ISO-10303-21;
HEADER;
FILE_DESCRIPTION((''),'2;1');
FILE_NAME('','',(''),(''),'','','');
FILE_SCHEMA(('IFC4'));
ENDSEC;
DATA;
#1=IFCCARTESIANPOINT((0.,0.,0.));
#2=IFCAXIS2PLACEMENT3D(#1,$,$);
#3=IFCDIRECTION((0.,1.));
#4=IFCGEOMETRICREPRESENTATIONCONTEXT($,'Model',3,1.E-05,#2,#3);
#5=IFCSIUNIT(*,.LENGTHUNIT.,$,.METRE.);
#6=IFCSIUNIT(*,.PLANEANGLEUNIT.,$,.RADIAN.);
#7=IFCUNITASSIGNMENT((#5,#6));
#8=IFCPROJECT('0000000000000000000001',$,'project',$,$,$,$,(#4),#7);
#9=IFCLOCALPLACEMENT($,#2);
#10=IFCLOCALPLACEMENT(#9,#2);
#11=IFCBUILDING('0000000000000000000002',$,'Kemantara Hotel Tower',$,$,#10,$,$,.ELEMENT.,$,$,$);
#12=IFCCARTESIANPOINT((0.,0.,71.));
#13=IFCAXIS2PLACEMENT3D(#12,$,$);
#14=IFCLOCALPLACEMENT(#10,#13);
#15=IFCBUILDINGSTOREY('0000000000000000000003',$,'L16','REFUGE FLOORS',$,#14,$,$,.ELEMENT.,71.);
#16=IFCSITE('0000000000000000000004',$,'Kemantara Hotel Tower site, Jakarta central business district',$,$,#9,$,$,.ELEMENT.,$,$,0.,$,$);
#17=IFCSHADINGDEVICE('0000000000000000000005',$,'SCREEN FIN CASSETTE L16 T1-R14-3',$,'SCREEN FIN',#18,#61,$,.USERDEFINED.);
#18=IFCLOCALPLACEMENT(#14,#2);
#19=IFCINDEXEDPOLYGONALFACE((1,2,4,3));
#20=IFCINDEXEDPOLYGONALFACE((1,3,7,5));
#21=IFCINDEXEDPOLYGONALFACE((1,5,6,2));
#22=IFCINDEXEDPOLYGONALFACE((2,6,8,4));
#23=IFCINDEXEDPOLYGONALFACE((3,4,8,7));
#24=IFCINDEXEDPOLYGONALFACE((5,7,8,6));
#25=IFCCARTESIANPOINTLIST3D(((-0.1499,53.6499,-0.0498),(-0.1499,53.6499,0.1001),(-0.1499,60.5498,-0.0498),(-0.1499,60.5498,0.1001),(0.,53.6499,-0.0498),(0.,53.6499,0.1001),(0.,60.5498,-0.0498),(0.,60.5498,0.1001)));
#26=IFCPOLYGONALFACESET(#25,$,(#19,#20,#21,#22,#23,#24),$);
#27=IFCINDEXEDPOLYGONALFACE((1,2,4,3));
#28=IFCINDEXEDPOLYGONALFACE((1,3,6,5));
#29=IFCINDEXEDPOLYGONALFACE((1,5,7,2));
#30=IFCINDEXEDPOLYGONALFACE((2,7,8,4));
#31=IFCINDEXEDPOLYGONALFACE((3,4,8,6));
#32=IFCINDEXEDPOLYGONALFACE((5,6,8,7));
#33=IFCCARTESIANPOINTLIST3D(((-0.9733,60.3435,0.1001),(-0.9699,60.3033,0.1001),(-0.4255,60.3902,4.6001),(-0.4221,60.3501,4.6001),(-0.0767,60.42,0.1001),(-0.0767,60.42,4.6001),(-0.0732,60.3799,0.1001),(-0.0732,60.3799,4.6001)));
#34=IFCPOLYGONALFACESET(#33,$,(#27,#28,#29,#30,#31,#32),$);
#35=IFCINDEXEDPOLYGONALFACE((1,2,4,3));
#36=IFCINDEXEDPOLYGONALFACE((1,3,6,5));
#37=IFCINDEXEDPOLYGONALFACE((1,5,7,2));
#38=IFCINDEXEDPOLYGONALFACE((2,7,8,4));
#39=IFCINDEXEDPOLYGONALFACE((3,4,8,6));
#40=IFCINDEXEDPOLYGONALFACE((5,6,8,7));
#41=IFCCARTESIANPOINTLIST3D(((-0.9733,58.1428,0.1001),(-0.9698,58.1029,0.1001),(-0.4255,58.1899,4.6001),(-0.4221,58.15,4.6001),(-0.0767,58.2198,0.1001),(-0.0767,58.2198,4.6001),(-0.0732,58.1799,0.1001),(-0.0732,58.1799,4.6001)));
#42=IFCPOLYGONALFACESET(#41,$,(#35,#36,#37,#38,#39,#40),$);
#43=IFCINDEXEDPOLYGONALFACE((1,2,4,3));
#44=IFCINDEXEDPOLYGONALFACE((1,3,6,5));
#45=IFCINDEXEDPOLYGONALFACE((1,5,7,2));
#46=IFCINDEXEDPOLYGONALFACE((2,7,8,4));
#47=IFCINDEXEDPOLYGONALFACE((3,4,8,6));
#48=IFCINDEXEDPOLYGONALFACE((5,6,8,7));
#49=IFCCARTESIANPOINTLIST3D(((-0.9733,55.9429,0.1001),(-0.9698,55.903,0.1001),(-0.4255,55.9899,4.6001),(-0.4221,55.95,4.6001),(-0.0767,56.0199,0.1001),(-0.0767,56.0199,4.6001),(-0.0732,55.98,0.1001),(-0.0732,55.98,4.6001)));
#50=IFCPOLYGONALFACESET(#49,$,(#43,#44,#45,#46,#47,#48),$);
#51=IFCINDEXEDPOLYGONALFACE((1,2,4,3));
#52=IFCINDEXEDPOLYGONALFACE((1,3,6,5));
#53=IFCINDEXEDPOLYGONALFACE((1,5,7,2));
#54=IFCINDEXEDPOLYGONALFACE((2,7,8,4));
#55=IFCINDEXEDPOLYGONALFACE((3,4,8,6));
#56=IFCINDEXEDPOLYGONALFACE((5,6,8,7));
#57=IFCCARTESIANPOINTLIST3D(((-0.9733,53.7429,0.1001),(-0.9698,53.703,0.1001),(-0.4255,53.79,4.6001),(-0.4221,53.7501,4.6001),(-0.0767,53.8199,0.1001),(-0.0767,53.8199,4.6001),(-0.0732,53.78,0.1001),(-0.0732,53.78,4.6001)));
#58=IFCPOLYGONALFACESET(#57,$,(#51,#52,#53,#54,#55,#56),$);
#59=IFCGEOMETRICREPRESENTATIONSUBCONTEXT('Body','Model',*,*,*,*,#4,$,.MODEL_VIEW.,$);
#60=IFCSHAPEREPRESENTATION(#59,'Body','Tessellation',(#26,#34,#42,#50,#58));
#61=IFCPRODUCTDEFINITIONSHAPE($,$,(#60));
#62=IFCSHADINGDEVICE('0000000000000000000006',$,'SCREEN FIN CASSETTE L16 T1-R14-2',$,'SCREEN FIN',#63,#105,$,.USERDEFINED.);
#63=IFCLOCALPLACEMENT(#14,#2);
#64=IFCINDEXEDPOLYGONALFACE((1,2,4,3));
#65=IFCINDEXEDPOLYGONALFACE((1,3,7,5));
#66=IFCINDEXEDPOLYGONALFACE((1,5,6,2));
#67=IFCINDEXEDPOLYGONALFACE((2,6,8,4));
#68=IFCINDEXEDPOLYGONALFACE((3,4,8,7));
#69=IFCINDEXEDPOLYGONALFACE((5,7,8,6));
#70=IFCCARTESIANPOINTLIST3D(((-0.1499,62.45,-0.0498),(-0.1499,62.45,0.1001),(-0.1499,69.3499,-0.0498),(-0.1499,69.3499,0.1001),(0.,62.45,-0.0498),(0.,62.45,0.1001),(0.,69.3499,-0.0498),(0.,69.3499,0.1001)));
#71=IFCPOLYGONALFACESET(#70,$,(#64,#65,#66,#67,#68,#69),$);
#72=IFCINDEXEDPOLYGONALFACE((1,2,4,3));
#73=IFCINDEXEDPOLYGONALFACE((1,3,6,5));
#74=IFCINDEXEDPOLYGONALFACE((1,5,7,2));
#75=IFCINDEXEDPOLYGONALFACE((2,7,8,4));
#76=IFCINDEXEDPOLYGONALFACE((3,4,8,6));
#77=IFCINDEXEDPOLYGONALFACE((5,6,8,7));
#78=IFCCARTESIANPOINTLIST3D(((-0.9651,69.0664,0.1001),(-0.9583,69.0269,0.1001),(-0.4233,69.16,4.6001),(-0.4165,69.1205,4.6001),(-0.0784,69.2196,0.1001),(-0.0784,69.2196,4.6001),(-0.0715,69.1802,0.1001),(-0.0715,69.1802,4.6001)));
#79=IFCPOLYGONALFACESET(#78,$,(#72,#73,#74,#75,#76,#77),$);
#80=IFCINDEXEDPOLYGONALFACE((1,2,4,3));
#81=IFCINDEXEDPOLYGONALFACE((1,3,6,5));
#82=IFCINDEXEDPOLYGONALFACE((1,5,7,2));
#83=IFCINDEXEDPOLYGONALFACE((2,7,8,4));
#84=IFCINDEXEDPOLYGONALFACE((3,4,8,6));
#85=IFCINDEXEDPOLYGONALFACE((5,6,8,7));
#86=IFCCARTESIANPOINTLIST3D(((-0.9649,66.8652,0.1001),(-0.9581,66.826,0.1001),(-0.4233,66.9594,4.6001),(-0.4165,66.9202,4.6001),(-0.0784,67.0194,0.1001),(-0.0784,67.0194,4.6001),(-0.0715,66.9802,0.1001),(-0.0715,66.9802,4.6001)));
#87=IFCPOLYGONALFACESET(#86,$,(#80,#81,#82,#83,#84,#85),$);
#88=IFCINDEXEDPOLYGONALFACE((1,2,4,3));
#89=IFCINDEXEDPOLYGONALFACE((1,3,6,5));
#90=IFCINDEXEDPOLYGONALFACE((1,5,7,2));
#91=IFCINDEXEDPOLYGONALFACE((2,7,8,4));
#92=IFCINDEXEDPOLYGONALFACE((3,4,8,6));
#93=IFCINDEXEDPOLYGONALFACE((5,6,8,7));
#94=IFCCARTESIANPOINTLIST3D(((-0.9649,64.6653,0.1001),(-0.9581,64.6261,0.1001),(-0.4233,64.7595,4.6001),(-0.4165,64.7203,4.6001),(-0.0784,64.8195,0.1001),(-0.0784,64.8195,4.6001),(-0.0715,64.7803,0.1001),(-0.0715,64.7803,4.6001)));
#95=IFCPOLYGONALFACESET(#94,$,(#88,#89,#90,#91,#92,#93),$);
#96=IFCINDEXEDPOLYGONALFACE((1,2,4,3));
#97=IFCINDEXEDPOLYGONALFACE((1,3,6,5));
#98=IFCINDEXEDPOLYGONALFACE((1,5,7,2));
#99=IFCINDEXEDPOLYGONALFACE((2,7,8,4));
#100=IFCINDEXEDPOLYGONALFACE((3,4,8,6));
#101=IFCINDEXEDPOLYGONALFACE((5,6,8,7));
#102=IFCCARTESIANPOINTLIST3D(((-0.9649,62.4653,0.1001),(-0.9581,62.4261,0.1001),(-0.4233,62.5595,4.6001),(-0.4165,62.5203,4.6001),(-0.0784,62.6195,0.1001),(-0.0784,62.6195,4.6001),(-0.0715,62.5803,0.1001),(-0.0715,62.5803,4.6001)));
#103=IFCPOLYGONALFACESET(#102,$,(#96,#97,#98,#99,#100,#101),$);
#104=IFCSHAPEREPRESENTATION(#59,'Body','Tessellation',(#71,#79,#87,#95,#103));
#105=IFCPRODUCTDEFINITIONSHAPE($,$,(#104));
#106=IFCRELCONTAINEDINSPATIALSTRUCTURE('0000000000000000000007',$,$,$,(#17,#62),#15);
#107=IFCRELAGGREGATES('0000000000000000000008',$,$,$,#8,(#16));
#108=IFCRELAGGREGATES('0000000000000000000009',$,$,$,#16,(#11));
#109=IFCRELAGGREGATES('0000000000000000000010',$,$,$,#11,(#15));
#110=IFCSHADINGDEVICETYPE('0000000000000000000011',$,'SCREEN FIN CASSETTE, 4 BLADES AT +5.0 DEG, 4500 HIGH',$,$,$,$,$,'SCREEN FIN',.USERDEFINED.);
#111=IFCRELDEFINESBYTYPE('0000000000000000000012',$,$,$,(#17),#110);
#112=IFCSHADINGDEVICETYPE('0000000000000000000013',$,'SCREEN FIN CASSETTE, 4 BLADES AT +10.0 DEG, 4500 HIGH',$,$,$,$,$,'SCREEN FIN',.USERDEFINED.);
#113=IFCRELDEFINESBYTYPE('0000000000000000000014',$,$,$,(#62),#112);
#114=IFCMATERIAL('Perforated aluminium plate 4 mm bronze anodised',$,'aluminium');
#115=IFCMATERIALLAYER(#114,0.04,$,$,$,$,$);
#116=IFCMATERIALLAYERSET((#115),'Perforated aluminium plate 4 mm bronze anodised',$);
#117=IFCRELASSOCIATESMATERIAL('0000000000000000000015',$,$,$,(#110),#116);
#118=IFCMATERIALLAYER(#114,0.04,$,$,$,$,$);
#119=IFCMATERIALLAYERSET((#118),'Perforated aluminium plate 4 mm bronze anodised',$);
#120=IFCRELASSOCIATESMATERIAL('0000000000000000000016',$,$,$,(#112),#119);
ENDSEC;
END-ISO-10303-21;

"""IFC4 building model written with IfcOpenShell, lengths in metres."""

from ifc_helpers import new_model, si_unit, direction, frame, origin, origin_2d, place, context, subcontext, project, spatial, polyline, rectangle, outline, extrude, source, transform, mapped, material, layer, layer_set, type_object, element, save


model = new_model("IFC4")

# Units and contexts
model_context = context("Model", 3, precision=1e-05, world=origin(), true_north=direction((0.0, 1.0)))
body_context = subcontext(model_context, "Body", "Model", "MODEL_VIEW")
ifc_project = project(units=[si_unit("LENGTHUNIT", "METRE"), si_unit("PLANEANGLEUNIT", "RADIAN")], contexts=[model_context])

# Site, building, storey
site_placement = place(None, origin())
site = spatial("IfcSite", under=ifc_project, at=site_placement, Name="Kemantara Hotel Tower site, Jakarta central business district", CompositionType="ELEMENT", RefElevation=0.0)
building_placement = place(site_placement, origin())
building = spatial("IfcBuilding", under=site, at=building_placement, Name="Kemantara Hotel Tower", CompositionType="ELEMENT")
storey_placement = place(building_placement, frame((0.0, 0.0, 71.0)))
storey = spatial("IfcBuildingStorey", under=building, at=storey_placement, Name="L16", Description="REFUGE FLOORS", CompositionType="ELEMENT", Elevation=71.0)

# Shading devices
ifc_material_1 = material(Name="Perforated aluminium plate 4 mm bronze anodised", Category="aluminium")
ifc_layer_1 = layer(ifc_material_1, 0.04)
ifc_layer_set_1 = layer_set([ifc_layer_1], Name="Perforated aluminium plate 4 mm bronze anodised")
shading_device_type_1 = type_object("IfcShadingDeviceType", Name="SCREEN FIN CASSETTE, 4 BLADES AT +5.0 DEG, 4500 HIGH", ElementType="SCREEN FIN", PredefinedType="USERDEFINED", material=ifc_layer_set_1)
shared_shape_1 = source(origin(), body_context, "Body", "SweptSolid", [
    extrude(rectangle(XDim=6.8999, YDim=0.1499, at=origin_2d()), frame((3.3, -0.075, -0.1499), z_axis=(0.0, 0.0, 1.0), x_axis=(1.0, 0.0, 0.0)), (0.0, 0.0, 1.0), 0.1499),
    extrude(outline(polyline([(0.0, 0.0), (0.8999, 0.0), (0.3501, 4.5), (0.0, 4.5), (0.0, 0.0)])), frame((0.02, -0.0732, 0.0), z_axis=(-0.996376, -0.085056, 0.0), x_axis=(0.085056, -0.996376, 0.0)), (0.0, 0.0, 1.0), 0.0403),
    extrude(outline(polyline([(0.0, 0.0), (0.8999, 0.0), (0.3501, 4.5), (0.0, 4.5), (0.0, 0.0)])), frame((2.22, -0.0732, 0.0), z_axis=(-0.996332, -0.085575, 0.0), x_axis=(0.085575, -0.996332, 0.0)), (0.0, 0.0, 1.0), 0.04),
    extrude(outline(polyline([(0.0, 0.0), (0.8999, 0.0), (0.3501, 4.5), (0.0, 4.5), (0.0, 0.0)])), frame((4.4199, -0.0732, 0.0), z_axis=(-0.996332, -0.085575, 0.0), x_axis=(0.085575, -0.996332, 0.0)), (0.0, 0.0, 1.0), 0.04),
    extrude(outline(polyline([(0.0, 0.0), (0.8999, 0.0), (0.3501, 4.5), (0.0, 4.5), (0.0, 0.0)])), frame((6.6199, -0.0732, 0.0), z_axis=(-0.996332, -0.085575, 0.0), x_axis=(0.085575, -0.996332, 0.0)), (0.0, 0.0, 1.0), 0.04),
])
shading_device_1_placement = place(storey_placement, frame((0.0, 60.3999, 0.1001), z_axis=(0.0, 0.0, 1.0), x_axis=(0.0, -1.0, 0.0)))
element("IfcShadingDevice", 1, at=shading_device_1_placement, inside=storey, type_object=shading_device_type_1, Name="SCREEN FIN CASSETTE L16 T1-R14-3", ObjectType="SCREEN FIN", PredefinedType="USERDEFINED", context=body_context, shape_type="MappedRepresentation", body=[
    mapped(shared_shape_1, transform((0.0, 0.0, 0.0))),
])
ifc_layer_2 = layer(ifc_material_1, 0.04)
ifc_layer_set_2 = layer_set([ifc_layer_2], Name="Perforated aluminium plate 4 mm bronze anodised")
shading_device_type_2 = type_object("IfcShadingDeviceType", Name="SCREEN FIN CASSETTE, 4 BLADES AT +10.0 DEG, 4500 HIGH", ElementType="SCREEN FIN", PredefinedType="USERDEFINED", material=ifc_layer_set_2)
shared_shape_2 = source(origin(), body_context, "Body", "SweptSolid", [
    extrude(rectangle(XDim=6.8999, YDim=0.1499, at=origin_2d()), frame((3.3, -0.075, -0.1499), z_axis=(0.0, 0.0, 1.0), x_axis=(1.0, 0.0, 0.0)), (0.0, 0.0, 1.0), 0.1499),
    extrude(outline(polyline([(0.0, 0.0), (0.8999, 0.0), (0.3501, 4.5), (0.0, 4.5), (0.0, 0.0)])), frame((0.0198, -0.0715, 0.0), z_axis=(-0.98539, -0.170314, 0.0), x_axis=(0.170314, -0.98539, 0.0)), (0.0, 0.0, 1.0), 0.04),
    extrude(outline(polyline([(0.0, 0.0), (0.8999, 0.0), (0.3501, 4.5), (0.0, 4.5), (0.0, 0.0)])), frame((2.2197, -0.0715, 0.0), z_axis=(-0.985212, -0.171341, 0.0), x_axis=(0.171341, -0.985212, 0.0)), (0.0, 0.0, 1.0), 0.0398),
    extrude(outline(polyline([(0.0, 0.0), (0.8999, 0.0), (0.3501, 4.5), (0.0, 4.5), (0.0, 0.0)])), frame((4.4197, -0.0715, 0.0), z_axis=(-0.985212, -0.171341, 0.0), x_axis=(0.171341, -0.985212, 0.0)), (0.0, 0.0, 1.0), 0.0398),
    extrude(outline(polyline([(0.0, 0.0), (0.8999, 0.0), (0.3501, 4.5), (0.0, 4.5), (0.0, 0.0)])), frame((6.6196, -0.0715, 0.0), z_axis=(-0.985212, -0.171341, 0.0), x_axis=(0.171341, -0.985212, 0.0)), (0.0, 0.0, 1.0), 0.0398),
])
shading_device_2_placement = place(storey_placement, frame((0.0, 69.2, 0.1001), z_axis=(0.0, 0.0, 1.0), x_axis=(0.0, -1.0, 0.0)))
element("IfcShadingDevice", 2, at=shading_device_2_placement, inside=storey, type_object=shading_device_type_2, Name="SCREEN FIN CASSETTE L16 T1-R14-2", ObjectType="SCREEN FIN", PredefinedType="USERDEFINED", context=body_context, shape_type="MappedRepresentation", body=[
    mapped(shared_shape_2, transform((0.0, 0.0, 0.0))),
])

save(model, "model.ifc")
